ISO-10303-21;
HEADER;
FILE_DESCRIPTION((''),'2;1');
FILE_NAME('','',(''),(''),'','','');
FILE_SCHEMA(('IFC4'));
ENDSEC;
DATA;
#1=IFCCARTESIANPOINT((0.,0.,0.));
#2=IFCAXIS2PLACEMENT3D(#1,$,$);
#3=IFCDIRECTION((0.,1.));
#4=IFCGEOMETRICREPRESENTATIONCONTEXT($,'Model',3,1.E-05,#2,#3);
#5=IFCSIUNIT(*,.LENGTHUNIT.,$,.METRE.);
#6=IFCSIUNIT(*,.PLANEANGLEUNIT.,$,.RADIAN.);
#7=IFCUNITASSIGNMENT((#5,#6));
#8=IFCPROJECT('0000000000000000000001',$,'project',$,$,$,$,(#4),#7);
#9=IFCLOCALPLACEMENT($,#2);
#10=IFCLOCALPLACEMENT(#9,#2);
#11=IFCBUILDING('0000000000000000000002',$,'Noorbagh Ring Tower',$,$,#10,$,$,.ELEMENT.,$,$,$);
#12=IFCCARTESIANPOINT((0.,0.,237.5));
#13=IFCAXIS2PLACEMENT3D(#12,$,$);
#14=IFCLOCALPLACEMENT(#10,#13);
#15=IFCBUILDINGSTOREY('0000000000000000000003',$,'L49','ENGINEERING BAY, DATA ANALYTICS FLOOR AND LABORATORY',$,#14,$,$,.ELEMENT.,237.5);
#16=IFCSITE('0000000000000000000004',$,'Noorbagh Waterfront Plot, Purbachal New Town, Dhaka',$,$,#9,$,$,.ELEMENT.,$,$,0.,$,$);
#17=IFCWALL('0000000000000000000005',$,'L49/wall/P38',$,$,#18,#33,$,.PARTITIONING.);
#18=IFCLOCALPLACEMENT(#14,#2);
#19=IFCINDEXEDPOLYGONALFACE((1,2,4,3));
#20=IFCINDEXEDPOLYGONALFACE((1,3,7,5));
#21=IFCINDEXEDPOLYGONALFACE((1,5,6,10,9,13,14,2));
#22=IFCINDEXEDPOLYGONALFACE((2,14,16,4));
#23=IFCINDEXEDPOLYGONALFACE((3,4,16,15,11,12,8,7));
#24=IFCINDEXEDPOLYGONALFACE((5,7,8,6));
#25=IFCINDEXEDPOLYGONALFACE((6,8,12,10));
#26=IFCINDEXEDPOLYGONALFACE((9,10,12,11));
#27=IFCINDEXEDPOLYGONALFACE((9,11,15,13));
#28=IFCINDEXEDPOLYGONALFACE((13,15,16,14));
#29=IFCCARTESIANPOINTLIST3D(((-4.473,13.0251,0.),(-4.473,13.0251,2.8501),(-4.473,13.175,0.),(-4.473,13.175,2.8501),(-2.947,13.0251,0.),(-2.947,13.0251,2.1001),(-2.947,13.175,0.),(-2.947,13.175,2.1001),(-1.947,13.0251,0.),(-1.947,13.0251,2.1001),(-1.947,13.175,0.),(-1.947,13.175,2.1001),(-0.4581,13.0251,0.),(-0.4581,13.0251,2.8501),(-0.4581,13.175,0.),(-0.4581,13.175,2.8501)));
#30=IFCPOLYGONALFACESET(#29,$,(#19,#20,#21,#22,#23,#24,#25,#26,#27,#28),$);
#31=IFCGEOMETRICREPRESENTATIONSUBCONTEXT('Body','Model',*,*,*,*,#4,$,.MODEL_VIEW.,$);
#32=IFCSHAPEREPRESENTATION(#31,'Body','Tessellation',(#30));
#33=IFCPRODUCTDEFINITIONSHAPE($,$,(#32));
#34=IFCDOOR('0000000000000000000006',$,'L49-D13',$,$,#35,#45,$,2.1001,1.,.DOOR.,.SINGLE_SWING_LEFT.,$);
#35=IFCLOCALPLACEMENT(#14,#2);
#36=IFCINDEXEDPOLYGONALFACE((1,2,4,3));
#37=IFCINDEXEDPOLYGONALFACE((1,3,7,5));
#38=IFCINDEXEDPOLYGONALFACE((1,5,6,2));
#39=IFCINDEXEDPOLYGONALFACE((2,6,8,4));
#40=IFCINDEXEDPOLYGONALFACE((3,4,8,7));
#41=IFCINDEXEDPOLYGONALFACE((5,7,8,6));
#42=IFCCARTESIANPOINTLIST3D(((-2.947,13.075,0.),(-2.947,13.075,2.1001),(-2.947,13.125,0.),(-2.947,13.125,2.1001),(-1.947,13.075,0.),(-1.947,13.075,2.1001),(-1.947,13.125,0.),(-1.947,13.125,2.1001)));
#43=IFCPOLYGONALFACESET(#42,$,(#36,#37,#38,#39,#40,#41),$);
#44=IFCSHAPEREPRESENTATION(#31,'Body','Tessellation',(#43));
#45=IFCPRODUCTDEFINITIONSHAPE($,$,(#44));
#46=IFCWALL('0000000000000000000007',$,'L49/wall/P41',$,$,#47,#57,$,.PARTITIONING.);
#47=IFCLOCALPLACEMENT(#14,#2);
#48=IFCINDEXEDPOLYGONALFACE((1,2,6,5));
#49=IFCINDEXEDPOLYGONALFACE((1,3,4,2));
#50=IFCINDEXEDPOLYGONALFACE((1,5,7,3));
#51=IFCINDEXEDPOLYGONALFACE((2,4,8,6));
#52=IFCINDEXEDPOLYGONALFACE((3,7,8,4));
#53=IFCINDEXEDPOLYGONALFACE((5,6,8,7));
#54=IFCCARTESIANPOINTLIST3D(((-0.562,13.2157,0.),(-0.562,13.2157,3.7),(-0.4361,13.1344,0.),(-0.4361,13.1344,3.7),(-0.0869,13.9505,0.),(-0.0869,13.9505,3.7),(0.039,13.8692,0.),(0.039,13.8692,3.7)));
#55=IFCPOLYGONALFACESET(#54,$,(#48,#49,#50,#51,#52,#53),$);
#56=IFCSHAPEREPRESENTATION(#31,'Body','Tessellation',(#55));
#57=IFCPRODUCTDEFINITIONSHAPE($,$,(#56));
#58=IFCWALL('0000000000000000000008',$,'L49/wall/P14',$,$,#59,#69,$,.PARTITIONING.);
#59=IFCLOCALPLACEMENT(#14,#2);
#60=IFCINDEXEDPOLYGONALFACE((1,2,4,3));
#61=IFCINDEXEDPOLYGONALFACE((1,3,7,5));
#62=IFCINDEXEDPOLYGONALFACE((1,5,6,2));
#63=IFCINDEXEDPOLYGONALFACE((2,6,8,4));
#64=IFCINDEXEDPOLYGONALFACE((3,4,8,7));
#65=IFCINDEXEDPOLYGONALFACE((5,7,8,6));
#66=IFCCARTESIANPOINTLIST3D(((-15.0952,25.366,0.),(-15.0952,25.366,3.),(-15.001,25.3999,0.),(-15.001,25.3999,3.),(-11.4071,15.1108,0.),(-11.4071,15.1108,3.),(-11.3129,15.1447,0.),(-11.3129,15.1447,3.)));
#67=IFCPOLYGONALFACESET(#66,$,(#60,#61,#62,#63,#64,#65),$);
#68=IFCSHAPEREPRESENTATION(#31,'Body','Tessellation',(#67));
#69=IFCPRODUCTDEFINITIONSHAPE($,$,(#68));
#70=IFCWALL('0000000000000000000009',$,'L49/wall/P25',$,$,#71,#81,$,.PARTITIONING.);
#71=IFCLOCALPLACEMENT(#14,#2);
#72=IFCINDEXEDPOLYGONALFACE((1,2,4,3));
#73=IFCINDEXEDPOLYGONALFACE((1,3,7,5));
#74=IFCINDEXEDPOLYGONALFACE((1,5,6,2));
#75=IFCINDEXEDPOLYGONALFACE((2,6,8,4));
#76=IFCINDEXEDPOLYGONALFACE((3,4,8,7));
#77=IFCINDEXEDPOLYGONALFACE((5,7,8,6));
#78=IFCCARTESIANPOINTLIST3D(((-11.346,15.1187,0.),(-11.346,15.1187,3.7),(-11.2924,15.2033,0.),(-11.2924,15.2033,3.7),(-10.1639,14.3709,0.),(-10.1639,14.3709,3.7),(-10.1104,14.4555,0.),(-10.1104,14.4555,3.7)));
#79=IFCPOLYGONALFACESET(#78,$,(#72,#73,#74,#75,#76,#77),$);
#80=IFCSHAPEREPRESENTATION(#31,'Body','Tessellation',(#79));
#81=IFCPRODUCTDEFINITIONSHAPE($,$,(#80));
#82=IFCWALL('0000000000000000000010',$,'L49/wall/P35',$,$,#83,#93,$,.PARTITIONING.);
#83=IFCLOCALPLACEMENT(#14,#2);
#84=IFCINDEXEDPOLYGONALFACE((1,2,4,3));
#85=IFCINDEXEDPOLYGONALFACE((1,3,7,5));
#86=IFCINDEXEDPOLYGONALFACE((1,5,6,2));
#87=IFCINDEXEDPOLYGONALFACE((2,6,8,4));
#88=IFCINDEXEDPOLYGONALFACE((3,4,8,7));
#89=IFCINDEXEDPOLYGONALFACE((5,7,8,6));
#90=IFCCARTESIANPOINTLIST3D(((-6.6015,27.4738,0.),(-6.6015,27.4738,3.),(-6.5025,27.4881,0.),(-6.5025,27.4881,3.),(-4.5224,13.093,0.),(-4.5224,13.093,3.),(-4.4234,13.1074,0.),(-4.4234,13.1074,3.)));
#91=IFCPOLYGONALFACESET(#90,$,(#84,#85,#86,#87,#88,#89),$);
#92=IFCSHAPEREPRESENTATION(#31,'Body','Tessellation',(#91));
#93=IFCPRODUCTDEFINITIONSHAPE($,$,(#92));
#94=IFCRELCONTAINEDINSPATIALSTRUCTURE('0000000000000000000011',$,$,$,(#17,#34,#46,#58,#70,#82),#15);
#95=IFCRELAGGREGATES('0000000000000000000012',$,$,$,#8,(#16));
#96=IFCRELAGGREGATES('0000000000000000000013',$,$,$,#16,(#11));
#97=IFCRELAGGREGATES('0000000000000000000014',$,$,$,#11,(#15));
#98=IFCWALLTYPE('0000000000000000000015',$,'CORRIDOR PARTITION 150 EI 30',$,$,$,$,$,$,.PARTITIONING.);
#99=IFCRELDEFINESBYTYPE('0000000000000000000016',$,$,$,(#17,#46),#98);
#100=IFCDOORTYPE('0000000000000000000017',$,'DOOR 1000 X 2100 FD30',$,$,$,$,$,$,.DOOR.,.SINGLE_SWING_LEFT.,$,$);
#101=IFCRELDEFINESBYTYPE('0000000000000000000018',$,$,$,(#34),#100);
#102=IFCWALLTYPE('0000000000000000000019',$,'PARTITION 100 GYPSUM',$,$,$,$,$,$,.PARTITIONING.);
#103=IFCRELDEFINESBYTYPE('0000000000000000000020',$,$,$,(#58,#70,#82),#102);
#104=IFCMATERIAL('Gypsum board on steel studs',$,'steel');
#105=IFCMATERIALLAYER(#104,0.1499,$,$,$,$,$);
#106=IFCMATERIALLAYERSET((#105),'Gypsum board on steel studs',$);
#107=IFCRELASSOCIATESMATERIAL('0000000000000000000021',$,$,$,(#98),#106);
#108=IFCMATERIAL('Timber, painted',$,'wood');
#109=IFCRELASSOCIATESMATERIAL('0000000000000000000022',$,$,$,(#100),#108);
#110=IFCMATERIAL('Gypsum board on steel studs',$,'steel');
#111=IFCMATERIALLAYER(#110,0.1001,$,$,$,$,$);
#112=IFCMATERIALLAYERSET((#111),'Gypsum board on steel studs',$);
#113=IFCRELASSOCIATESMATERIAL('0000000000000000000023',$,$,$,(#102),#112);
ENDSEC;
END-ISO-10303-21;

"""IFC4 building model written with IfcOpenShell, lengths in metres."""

from ifc_helpers import new_model, si_unit, direction, frame, frame_2d, origin, place, context, subcontext, project, spatial, rectangle, extrude, material, layer, layer_set, type_object, element, fill, save


model = new_model("IFC4")

# Units and contexts
model_context = context("Model", 3, precision=1e-05, world=origin(), true_north=direction((0.0, 1.0)))
body_context = subcontext(model_context, "Body", "Model", "MODEL_VIEW")
ifc_project = project(units=[si_unit("LENGTHUNIT", "METRE"), si_unit("PLANEANGLEUNIT", "RADIAN")], contexts=[model_context])

# Site, building, storey
site_placement = place(None, origin())
site = spatial("IfcSite", under=ifc_project, at=site_placement, Name="Noorbagh Waterfront Plot, Purbachal New Town, Dhaka", CompositionType="ELEMENT", RefElevation=0.0)
building_placement = place(site_placement, origin())
building = spatial("IfcBuilding", under=site, at=building_placement, Name="Noorbagh Ring Tower", CompositionType="ELEMENT")
storey_placement = place(building_placement, frame((0.0, 0.0, 237.5)))
storey = spatial("IfcBuildingStorey", under=building, at=storey_placement, Name="L49", Description="ENGINEERING BAY, DATA ANALYTICS FLOOR AND LABORATORY", CompositionType="ELEMENT", Elevation=237.5)

# Shared definitions
ifc_material_1 = material(Name="Gypsum board on steel studs", Category="steel")
ifc_layer_1 = layer(ifc_material_1, 0.1499)
ifc_layer_set_1 = layer_set([ifc_layer_1], Name="Gypsum board on steel studs")
wall_type_1 = type_object("IfcWallType", Name="CORRIDOR PARTITION 150 EI 30", PredefinedType="PARTITIONING", material=ifc_layer_set_1)

# Wall, opening, door
wall_1_placement = place(storey_placement, frame((-4.4729, 13.1001, 0.0), z_axis=(0.0, 0.0, 1.0), x_axis=(1.0, 0.0, 0.0)))
wall_1 = element("IfcWall", 1, at=wall_1_placement, inside=storey, type_object=wall_type_1, Name="L49/wall/P38", PredefinedType="PARTITIONING", context=body_context, shape_type="SweptSolid", body=[
    extrude(rectangle(XDim=4.0149, YDim=0.1499, at=frame_2d((2.0073, 0.0))), origin(), (0.0, 0.0, 1.0), 2.8501),
])
opening_placement = place(wall_1_placement, frame((1.5259, 0.0, 0.0)))
opening = element("IfcOpeningElement", 2, at=opening_placement, cuts=wall_1, PredefinedType="OPENING", context=body_context, shape_type="SweptSolid", body=[
    extrude(rectangle(XDim=1.0, YDim=2.1001, at=frame_2d((0.5, 1.05))), frame((0.0, 0.085, 0.0), z_axis=(0.0, -1.0, 0.0), x_axis=(1.0, 0.0, 0.0)), (0.0, 0.0, 1.0), 0.1699),
])
ifc_material_2 = material(Name="Timber, painted", Category="wood")
door_type = type_object("IfcDoorType", Name="DOOR 1000 X 2100 FD30", OperationType="SINGLE_SWING_LEFT", PredefinedType="DOOR", material=ifc_material_2)
door_placement = place(opening_placement, origin())
door = element("IfcDoor", 3, at=door_placement, inside=storey, type_object=door_type, Name="L49-D13", OperationType="SINGLE_SWING_LEFT", OverallHeight=2.1001, OverallWidth=1.0, PredefinedType="DOOR", context=body_context, shape_type="SweptSolid", body=[
    extrude(rectangle(XDim=1.0, YDim=2.1001, at=frame_2d((0.5, 1.05))), frame((0.0, 0.0249, 0.0), z_axis=(0.0, -1.0, 0.0), x_axis=(1.0, 0.0, 0.0)), (0.0, 0.0, 1.0), 0.05),
])
fill(opening, door)

# Walls
wall_2_placement = place(storey_placement, frame((-0.499, 13.175, 0.0), z_axis=(0.0, 0.0, 1.0), x_axis=(0.542927, 0.83978, 0.0)))
element("IfcWall", 4, at=wall_2_placement, inside=storey, type_object=wall_type_1, Name="L49/wall/P41", PredefinedType="PARTITIONING", context=body_context, shape_type="SweptSolid", body=[
    extrude(rectangle(XDim=0.875, YDim=0.1499, at=frame_2d((0.4375, 0.0))), origin(), (0.0, 0.0, 1.0), 3.7),
])
ifc_material_3 = material(Name="Gypsum board on steel studs", Category="steel")
ifc_layer_2 = layer(ifc_material_3, 0.1001)
ifc_layer_set_2 = layer_set([ifc_layer_2], Name="Gypsum board on steel studs")
wall_type_2 = type_object("IfcWallType", Name="PARTITION 100 GYPSUM", PredefinedType="PARTITIONING", material=ifc_layer_set_2)
wall_3_placement = place(storey_placement, frame((-15.0481, 25.3831, 0.0), z_axis=(0.0, 0.0, 1.0), x_axis=(0.338406, -0.941, 0.0)))
element("IfcWall", 5, at=wall_3_placement, inside=storey, type_object=wall_type_2, Name="L49/wall/P14", PredefinedType="PARTITIONING", context=body_context, shape_type="SweptSolid", body=[
    extrude(rectangle(XDim=10.8982, YDim=0.1001, at=frame_2d((5.4492, 0.0))), origin(), (0.0, 0.0, 1.0), 3.0),
])
wall_4_placement = place(storey_placement, frame((-11.3191, 15.1609, 0.0), z_axis=(0.0, 0.0, 1.0), x_axis=(0.845103, -0.534604, 0.0)))
element("IfcWall", 6, at=wall_4_placement, inside=storey, type_object=wall_type_2, Name="L49/wall/P25", PredefinedType="PARTITIONING", context=body_context, shape_type="SweptSolid", body=[
    extrude(rectangle(XDim=1.3987, YDim=0.1001, at=frame_2d((0.6992, 0.0))), origin(), (0.0, 0.0, 1.0), 3.7),
])
wall_5_placement = place(storey_placement, frame((-6.552, 27.481, 0.0), z_axis=(0.0, 0.0, 1.0), x_axis=(0.143087, -0.98971, 0.0)))
element("IfcWall", 7, at=wall_5_placement, inside=storey, type_object=wall_type_2, Name="L49/wall/P35", PredefinedType="PARTITIONING", context=body_context, shape_type="SweptSolid", body=[
    extrude(rectangle(XDim=14.5303, YDim=0.1001, at=frame_2d((7.2651, 0.0))), origin(), (0.0, 0.0, 1.0), 3.0),
])

save(model, "model.ifc")
